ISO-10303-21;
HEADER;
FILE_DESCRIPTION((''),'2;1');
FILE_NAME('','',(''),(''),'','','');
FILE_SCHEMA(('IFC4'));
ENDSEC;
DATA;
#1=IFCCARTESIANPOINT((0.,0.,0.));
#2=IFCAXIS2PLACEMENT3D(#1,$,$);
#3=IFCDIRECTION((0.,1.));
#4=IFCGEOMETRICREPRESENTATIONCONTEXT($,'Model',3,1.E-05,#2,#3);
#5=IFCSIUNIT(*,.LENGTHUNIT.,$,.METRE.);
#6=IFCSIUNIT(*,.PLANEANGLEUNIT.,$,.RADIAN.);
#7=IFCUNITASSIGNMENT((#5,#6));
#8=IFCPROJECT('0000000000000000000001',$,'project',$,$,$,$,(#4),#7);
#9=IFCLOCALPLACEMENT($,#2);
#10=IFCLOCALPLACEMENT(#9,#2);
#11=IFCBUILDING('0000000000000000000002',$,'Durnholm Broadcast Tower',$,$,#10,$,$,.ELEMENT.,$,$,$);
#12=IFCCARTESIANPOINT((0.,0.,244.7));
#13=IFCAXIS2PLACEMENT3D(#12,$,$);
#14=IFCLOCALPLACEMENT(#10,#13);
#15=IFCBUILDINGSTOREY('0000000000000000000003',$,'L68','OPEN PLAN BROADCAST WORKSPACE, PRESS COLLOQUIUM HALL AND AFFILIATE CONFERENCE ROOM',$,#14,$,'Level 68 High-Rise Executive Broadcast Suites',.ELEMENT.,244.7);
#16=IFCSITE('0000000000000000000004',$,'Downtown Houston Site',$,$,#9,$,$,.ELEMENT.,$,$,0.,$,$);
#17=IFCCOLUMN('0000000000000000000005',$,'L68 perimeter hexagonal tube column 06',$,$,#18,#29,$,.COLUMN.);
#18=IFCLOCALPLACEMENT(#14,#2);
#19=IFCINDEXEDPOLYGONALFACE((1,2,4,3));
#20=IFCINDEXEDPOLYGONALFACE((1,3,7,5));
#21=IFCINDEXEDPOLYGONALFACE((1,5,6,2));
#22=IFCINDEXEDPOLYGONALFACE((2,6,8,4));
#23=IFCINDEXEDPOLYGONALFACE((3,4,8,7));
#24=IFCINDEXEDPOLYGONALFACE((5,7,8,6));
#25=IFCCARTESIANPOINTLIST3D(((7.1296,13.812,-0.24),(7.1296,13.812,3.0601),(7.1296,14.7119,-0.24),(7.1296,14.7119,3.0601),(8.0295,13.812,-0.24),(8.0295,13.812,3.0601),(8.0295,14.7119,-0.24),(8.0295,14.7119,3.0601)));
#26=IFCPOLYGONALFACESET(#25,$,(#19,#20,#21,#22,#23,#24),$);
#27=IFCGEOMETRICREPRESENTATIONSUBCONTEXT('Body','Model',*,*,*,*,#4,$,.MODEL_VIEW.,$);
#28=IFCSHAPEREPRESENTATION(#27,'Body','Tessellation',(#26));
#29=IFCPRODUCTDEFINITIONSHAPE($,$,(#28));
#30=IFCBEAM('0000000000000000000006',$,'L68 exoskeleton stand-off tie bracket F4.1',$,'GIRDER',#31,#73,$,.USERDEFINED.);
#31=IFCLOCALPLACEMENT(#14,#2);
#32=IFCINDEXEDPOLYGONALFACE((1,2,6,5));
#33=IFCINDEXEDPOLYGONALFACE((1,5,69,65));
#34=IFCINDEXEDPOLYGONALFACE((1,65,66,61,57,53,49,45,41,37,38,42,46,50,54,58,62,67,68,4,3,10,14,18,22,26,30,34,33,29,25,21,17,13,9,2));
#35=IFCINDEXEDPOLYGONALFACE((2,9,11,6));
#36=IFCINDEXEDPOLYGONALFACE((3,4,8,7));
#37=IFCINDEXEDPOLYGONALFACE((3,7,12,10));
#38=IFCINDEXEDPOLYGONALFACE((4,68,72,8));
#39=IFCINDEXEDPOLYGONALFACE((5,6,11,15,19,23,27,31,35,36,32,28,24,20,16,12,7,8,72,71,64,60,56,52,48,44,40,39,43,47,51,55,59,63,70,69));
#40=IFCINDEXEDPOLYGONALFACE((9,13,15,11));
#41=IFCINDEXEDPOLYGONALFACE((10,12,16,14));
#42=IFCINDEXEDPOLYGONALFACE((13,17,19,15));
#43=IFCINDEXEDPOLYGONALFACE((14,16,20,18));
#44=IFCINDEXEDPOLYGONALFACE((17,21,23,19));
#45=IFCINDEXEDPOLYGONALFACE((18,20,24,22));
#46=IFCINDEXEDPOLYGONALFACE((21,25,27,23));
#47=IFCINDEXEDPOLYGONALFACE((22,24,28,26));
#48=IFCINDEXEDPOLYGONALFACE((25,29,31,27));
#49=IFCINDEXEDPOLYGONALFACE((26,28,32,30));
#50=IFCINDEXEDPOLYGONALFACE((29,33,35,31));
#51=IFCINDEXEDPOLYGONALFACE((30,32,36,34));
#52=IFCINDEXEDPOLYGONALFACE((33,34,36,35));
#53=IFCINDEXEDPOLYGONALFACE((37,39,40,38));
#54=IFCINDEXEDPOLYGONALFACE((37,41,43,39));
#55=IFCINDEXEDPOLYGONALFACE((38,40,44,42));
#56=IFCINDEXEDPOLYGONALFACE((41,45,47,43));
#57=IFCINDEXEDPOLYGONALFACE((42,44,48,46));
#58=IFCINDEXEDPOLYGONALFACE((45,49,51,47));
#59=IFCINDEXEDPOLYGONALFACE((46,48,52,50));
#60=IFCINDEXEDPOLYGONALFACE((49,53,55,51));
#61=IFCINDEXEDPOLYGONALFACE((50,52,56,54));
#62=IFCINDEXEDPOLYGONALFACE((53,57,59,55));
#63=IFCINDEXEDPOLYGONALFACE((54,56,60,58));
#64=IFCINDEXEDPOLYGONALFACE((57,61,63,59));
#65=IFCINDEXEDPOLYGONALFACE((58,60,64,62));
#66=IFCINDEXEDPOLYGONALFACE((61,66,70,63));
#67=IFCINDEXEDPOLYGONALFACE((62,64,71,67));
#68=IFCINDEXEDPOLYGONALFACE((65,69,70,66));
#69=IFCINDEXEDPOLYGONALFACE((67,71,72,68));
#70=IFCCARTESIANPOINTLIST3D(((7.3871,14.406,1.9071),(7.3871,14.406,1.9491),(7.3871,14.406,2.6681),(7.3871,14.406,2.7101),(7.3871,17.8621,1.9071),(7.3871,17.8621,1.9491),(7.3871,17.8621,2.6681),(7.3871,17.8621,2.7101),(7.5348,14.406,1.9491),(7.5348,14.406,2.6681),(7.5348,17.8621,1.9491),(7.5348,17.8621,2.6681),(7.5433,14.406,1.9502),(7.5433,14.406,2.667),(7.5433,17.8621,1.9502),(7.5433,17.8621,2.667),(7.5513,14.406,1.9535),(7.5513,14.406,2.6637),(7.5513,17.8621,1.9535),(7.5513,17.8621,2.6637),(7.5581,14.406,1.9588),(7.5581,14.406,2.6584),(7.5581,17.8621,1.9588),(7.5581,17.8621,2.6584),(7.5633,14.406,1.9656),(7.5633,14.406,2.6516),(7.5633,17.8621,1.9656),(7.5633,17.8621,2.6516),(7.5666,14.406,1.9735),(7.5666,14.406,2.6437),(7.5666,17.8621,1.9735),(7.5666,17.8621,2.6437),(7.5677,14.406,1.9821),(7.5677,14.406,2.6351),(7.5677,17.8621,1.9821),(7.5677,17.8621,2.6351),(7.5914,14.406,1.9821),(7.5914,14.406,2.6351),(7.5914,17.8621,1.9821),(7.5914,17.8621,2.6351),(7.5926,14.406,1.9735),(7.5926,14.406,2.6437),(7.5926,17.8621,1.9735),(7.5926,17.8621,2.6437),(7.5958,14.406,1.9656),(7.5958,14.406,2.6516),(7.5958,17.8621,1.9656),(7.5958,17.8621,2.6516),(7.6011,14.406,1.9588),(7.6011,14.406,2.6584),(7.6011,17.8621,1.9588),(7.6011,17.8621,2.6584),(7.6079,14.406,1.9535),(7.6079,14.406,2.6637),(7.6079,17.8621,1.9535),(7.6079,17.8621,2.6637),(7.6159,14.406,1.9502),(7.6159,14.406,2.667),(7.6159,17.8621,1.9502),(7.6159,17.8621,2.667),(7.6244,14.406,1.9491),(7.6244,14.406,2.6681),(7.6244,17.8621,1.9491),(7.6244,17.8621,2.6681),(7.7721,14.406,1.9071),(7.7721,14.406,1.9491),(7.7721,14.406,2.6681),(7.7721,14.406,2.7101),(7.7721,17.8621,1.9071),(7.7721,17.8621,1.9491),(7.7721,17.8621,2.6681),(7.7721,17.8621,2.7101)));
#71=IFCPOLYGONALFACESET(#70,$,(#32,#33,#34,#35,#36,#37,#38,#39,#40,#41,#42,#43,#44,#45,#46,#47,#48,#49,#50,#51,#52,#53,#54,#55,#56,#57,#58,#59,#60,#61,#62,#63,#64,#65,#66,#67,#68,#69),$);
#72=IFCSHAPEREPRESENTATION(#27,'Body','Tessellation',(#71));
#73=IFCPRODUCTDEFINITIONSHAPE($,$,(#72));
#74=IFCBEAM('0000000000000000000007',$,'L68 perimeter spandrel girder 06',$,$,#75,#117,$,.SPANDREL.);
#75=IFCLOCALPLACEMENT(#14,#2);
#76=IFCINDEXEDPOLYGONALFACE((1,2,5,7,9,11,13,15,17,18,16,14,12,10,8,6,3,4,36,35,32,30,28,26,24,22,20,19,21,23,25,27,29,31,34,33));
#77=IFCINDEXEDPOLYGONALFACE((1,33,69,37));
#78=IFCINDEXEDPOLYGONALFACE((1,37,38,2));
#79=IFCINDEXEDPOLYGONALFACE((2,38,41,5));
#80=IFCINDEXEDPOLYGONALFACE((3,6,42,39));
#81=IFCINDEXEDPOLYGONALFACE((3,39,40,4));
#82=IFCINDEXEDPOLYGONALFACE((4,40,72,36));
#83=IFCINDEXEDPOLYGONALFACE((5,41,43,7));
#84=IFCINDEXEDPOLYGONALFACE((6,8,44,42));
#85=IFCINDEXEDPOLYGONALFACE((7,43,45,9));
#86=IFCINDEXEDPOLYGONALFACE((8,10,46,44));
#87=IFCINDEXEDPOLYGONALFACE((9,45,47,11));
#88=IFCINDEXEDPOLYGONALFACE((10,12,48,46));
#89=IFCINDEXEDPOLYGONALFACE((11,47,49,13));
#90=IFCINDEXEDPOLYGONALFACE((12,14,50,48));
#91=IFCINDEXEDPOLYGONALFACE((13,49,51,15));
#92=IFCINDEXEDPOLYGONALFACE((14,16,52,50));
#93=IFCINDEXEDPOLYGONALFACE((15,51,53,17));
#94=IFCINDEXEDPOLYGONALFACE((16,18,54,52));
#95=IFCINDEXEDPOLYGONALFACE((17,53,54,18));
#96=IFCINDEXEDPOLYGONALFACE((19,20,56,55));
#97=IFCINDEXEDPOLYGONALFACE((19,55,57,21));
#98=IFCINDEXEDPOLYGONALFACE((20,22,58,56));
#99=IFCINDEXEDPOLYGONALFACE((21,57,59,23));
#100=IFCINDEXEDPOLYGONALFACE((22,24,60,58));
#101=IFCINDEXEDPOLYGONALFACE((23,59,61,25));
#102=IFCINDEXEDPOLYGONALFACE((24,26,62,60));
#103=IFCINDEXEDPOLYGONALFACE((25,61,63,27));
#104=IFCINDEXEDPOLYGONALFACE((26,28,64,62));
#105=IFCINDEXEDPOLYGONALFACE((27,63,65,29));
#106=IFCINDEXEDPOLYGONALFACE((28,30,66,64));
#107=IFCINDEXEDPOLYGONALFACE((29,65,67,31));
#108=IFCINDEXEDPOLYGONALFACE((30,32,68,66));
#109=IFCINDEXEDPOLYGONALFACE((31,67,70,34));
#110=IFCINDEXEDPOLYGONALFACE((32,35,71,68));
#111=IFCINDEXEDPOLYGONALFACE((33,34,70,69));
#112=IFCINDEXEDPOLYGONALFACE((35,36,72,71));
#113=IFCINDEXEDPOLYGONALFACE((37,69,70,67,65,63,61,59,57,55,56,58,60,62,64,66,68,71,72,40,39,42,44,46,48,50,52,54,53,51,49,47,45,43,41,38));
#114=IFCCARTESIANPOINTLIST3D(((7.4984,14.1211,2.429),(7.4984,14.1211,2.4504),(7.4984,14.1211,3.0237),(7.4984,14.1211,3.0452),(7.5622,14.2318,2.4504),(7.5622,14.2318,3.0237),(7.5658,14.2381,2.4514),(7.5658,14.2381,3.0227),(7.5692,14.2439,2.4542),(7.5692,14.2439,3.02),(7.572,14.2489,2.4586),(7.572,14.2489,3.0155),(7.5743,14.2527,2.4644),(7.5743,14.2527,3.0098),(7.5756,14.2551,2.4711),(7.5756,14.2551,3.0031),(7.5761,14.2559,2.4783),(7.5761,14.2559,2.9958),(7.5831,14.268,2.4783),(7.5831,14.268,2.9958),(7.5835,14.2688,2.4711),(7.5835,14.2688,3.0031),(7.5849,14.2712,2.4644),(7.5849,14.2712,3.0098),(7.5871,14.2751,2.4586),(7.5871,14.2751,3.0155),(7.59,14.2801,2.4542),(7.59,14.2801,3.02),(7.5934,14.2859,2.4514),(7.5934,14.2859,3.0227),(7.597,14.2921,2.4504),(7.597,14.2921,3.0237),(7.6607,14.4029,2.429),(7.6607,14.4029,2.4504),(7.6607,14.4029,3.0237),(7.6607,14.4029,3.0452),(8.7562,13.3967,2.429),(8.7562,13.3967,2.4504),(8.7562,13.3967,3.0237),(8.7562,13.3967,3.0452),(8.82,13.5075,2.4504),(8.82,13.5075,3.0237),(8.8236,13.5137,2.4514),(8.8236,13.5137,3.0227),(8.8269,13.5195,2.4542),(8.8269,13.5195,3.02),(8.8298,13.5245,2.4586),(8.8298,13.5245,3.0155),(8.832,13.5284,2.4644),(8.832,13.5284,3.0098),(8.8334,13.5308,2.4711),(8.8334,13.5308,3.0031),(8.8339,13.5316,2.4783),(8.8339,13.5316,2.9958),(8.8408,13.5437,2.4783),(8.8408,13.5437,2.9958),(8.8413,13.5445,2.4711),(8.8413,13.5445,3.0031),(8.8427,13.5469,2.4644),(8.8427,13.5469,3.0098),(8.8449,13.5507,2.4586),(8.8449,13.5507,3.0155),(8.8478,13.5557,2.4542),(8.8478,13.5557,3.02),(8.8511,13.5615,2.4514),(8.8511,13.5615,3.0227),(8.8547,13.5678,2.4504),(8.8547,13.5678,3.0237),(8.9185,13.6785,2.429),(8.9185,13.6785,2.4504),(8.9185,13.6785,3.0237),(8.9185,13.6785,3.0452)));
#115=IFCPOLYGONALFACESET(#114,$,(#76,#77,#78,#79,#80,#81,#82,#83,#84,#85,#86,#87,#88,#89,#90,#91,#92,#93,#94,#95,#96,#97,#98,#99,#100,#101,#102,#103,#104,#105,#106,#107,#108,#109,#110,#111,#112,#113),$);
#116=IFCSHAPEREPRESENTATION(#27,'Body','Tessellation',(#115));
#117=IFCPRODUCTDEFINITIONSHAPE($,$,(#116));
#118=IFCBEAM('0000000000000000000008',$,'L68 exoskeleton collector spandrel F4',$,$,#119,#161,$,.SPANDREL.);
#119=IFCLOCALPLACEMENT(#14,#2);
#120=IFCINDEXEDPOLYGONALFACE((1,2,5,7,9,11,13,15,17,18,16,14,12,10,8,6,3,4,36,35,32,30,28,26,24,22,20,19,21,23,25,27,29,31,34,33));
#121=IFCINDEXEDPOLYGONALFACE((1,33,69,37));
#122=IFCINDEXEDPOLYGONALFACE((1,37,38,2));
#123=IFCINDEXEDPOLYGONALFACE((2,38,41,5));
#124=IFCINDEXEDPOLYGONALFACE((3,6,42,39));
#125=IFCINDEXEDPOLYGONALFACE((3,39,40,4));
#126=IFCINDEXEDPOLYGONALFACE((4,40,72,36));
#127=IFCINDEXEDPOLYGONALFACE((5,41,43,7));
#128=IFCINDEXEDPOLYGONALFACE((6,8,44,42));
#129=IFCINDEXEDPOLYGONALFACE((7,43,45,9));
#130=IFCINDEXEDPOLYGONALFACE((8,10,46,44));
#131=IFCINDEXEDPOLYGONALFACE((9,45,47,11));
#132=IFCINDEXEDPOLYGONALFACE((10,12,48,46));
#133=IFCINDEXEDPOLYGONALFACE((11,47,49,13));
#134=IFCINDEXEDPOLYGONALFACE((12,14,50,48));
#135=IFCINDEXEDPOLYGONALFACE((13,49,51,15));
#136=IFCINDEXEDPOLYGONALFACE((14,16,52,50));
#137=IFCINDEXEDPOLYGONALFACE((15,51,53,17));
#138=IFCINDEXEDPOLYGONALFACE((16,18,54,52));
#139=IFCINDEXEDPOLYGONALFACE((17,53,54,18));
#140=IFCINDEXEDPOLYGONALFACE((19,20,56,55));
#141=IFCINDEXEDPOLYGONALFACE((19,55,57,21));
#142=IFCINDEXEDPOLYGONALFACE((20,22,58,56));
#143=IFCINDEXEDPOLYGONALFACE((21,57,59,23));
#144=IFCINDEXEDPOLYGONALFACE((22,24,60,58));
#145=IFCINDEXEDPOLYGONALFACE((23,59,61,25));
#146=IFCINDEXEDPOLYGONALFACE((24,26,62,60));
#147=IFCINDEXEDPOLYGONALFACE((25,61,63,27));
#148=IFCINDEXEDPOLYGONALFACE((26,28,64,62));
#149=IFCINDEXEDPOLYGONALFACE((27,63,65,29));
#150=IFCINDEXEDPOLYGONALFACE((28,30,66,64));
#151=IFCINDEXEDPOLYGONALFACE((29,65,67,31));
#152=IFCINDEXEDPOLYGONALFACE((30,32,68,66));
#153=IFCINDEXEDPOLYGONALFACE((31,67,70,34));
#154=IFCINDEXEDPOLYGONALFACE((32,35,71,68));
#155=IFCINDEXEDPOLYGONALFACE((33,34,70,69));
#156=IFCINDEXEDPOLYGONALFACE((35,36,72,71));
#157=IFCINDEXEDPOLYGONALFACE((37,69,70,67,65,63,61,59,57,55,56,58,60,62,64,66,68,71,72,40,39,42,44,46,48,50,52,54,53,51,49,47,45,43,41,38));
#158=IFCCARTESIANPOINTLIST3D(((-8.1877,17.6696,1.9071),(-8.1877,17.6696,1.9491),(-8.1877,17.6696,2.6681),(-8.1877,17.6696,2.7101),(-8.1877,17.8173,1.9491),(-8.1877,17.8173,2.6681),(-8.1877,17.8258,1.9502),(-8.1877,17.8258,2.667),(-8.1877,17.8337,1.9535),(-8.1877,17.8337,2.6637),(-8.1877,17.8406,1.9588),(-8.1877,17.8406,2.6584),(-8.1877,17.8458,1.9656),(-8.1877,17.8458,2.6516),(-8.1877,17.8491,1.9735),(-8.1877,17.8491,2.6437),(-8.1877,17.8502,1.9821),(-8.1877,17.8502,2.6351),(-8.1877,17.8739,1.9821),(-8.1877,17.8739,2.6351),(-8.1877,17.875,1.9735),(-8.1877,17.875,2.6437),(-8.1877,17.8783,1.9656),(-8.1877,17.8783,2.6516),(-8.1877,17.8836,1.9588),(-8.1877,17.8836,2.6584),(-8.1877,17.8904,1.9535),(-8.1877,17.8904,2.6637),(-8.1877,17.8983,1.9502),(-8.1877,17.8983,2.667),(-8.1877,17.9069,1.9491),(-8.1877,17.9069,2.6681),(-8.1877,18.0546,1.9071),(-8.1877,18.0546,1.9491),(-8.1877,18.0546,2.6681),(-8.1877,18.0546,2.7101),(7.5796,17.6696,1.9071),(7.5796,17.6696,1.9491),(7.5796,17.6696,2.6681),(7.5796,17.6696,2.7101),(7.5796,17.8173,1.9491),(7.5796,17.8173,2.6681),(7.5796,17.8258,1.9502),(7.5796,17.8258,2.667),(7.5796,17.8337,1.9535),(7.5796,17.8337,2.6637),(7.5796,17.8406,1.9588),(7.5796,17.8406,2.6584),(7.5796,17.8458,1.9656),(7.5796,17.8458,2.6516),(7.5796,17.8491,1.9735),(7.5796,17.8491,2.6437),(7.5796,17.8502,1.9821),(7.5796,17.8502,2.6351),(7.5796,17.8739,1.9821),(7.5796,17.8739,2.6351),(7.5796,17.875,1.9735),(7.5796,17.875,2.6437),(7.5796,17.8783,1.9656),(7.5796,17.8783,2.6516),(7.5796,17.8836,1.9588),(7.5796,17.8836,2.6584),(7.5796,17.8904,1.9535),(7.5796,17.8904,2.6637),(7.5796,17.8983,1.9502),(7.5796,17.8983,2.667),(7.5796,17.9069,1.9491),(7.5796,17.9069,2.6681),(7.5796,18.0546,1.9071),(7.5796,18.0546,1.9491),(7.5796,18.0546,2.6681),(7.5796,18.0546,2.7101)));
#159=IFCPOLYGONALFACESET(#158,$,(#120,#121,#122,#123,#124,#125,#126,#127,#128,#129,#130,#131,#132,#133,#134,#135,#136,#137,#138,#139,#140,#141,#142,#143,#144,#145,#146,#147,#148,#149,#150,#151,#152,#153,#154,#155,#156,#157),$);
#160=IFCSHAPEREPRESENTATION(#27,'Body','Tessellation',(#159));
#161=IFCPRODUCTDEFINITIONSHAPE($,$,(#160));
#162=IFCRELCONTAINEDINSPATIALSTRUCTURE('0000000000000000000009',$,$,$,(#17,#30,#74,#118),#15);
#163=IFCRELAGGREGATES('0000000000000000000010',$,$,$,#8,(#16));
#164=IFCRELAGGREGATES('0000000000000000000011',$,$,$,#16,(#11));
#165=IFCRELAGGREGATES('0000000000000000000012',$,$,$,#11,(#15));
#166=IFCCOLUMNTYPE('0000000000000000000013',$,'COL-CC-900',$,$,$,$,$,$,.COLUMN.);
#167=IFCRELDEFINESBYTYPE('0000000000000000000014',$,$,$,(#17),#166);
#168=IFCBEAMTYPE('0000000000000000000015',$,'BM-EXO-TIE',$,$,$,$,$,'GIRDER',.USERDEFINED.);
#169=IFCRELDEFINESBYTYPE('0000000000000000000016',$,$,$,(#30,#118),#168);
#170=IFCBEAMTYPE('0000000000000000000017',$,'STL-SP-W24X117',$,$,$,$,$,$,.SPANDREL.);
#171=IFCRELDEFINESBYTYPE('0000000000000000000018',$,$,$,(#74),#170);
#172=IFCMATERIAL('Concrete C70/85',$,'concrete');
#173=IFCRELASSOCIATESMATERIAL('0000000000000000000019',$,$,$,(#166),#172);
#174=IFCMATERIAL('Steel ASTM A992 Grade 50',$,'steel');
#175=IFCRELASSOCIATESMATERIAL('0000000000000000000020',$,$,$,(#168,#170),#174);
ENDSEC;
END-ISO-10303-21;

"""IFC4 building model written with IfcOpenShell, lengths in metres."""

from ifc_helpers import new_model, si_unit, direction, frame, origin, origin_2d, place, context, subcontext, project, spatial, rectangle, i_section, extrude, source, transform, mapped, material, material_profile, profile_set, type_object, type_shapes, element, save


model = new_model("IFC4")

# Units and contexts
model_context = context("Model", 3, precision=1e-05, world=origin(), true_north=direction((0.0, 1.0)))
body_context = subcontext(model_context, "Body", "Model", "MODEL_VIEW")
ifc_project = project(units=[si_unit("LENGTHUNIT", "METRE"), si_unit("PLANEANGLEUNIT", "RADIAN")], contexts=[model_context])

# Site, building, storey
site_placement = place(None, origin())
site = spatial("IfcSite", under=ifc_project, at=site_placement, Name="Downtown Houston Site", CompositionType="ELEMENT", RefElevation=0.0)
building_placement = place(site_placement, origin())
building = spatial("IfcBuilding", under=site, at=building_placement, Name="Durnholm Broadcast Tower", CompositionType="ELEMENT")
storey_placement = place(building_placement, frame((0.0, 0.0, 244.7)))
storey = spatial("IfcBuildingStorey", under=building, at=storey_placement, Name="L68", Description="OPEN PLAN BROADCAST WORKSPACE, PRESS COLLOQUIUM HALL AND AFFILIATE CONFERENCE ROOM", LongName="Level 68 High-Rise Executive Broadcast Suites", CompositionType="ELEMENT", Elevation=244.7)

# Column
ifc_material_1 = material(Name="Concrete C70/85", Category="concrete")
ifc_material_profile_1 = material_profile(ifc_material_1, rectangle(XDim=0.8999, YDim=0.8999, at=origin_2d()), Name="RC900X900")
ifc_profile_set_1 = profile_set([ifc_material_profile_1], Name="Concrete C70/85")
column_type = type_object("IfcColumnType", Name="COL-CC-900", PredefinedType="COLUMN", material=ifc_profile_set_1)
shared_shape_1 = source(origin(), body_context, "Body", "SweptSolid", [
    extrude(rectangle(XDim=0.8999, YDim=0.8999, at=origin_2d()), origin(), (0.0, 0.0, 1.0), 3.3),
])
type_shapes(column_type, [shared_shape_1])
column_placement = place(storey_placement, frame((7.5796, 14.262, -0.24), z_axis=(0.0, 0.0, 1.0), x_axis=(1.0, 0.0, 0.0)))
element("IfcColumn", 1, at=column_placement, inside=storey, type_object=column_type, Name="L68 perimeter hexagonal tube column 06", PredefinedType="COLUMN", context=body_context, shape_type="MappedRepresentation", body=[
    mapped(shared_shape_1, transform((0.0, 0.0, 0.0), x_axis=(1.0, 0.0, 0.0), y_axis=(0.0, 1.0, 0.0), z_axis=(0.0, 0.0, 1.0), scale=1.0)),
])

# Beams
ifc_material_2 = material(Name="Steel ASTM A992 Grade 50", Category="steel")
ifc_material_profile_2 = material_profile(ifc_material_2, i_section(OverallWidth=0.385, OverallDepth=0.803, WebThickness=0.0237, FlangeThickness=0.042, FilletRadius=0.033, at=origin_2d()), Name="W30X261")
ifc_profile_set_2 = profile_set([ifc_material_profile_2], Name="Steel ASTM A992 Grade 50")
beam_type_1 = type_object("IfcBeamType", Name="BM-EXO-TIE", ElementType="GIRDER", PredefinedType="USERDEFINED", material=ifc_profile_set_2)
shared_shape_2 = source(origin(), body_context, "Body", "SweptSolid", [
    extrude(i_section(OverallWidth=0.385, OverallDepth=0.803, WebThickness=0.0237, FlangeThickness=0.042, FilletRadius=0.033, at=origin_2d()), origin(), (0.0, 0.0, 1.0), 3.4561),
])
beam_1_placement = place(storey_placement, frame((7.5796, 14.406, 2.3086), z_axis=(0.0, 1.0, 0.0), x_axis=(-1.0, 0.0, 0.0)))
element("IfcBeam", 2, at=beam_1_placement, inside=storey, type_object=beam_type_1, Name="L68 exoskeleton stand-off tie bracket F4.1", ObjectType="GIRDER", PredefinedType="USERDEFINED", context=body_context, shape_type="MappedRepresentation", body=[
    mapped(shared_shape_2, transform((0.0, 0.0, 0.0), x_axis=(1.0, 0.0, 0.0), y_axis=(0.0, 1.0, 0.0), z_axis=(0.0, 0.0, 1.0), scale=1.0)),
])
ifc_material_profile_3 = material_profile(ifc_material_2, i_section(OverallWidth=0.3252, OverallDepth=0.6162, WebThickness=0.0139, FlangeThickness=0.0215, FilletRadius=0.0278, at=origin_2d()), Name="W24X117")
ifc_profile_set_3 = profile_set([ifc_material_profile_3], Name="Steel ASTM A992 Grade 50")
beam_type_2 = type_object("IfcBeamType", Name="STL-SP-W24X117", PredefinedType="SPANDREL", material=ifc_profile_set_3)
shared_shape_3 = source(origin(), body_context, "Body", "SweptSolid", [
    extrude(i_section(OverallWidth=0.3252, OverallDepth=0.6162, WebThickness=0.0139, FlangeThickness=0.0215, FilletRadius=0.0278, at=origin_2d()), origin(), (0.0, 0.0, 1.0), 1.4514),
])
type_shapes(beam_type_2, [shared_shape_3])
beam_2_placement = place(storey_placement, frame((7.5796, 14.262, 2.7371), z_axis=(0.866572, -0.499052, 0.0), x_axis=(0.499052, 0.866572, 0.0)))
element("IfcBeam", 3, at=beam_2_placement, inside=storey, type_object=beam_type_2, Name="L68 perimeter spandrel girder 06", PredefinedType="SPANDREL", context=body_context, shape_type="MappedRepresentation", body=[
    mapped(shared_shape_3, transform((0.0, 0.0, 0.0), x_axis=(1.0, 0.0, 0.0), y_axis=(0.0, 1.0, 0.0), z_axis=(0.0, 0.0, 1.0), scale=1.0)),
])
shared_shape_4 = source(origin(), body_context, "Body", "SweptSolid", [
    extrude(i_section(OverallWidth=0.385, OverallDepth=0.803, WebThickness=0.0237, FlangeThickness=0.042, FilletRadius=0.033, at=origin_2d()), origin(), (0.0, 0.0, 1.0), 15.7673),
])
type_shapes(beam_type_1, [shared_shape_2, shared_shape_4])
beam_3_placement = place(storey_placement, frame((7.5796, 17.8621, 2.3086), z_axis=(-1.0, 0.0, 0.0), x_axis=(0.0, -1.0, 0.0)))
element("IfcBeam", 4, at=beam_3_placement, inside=storey, type_object=beam_type_1, Name="L68 exoskeleton collector spandrel F4", PredefinedType="SPANDREL", context=body_context, shape_type="MappedRepresentation", body=[
    mapped(shared_shape_4, transform((0.0, 0.0, 0.0), x_axis=(1.0, 0.0, 0.0), y_axis=(0.0, 1.0, 0.0), z_axis=(0.0, 0.0, 1.0), scale=1.0)),
])

save(model, "model.ifc")
